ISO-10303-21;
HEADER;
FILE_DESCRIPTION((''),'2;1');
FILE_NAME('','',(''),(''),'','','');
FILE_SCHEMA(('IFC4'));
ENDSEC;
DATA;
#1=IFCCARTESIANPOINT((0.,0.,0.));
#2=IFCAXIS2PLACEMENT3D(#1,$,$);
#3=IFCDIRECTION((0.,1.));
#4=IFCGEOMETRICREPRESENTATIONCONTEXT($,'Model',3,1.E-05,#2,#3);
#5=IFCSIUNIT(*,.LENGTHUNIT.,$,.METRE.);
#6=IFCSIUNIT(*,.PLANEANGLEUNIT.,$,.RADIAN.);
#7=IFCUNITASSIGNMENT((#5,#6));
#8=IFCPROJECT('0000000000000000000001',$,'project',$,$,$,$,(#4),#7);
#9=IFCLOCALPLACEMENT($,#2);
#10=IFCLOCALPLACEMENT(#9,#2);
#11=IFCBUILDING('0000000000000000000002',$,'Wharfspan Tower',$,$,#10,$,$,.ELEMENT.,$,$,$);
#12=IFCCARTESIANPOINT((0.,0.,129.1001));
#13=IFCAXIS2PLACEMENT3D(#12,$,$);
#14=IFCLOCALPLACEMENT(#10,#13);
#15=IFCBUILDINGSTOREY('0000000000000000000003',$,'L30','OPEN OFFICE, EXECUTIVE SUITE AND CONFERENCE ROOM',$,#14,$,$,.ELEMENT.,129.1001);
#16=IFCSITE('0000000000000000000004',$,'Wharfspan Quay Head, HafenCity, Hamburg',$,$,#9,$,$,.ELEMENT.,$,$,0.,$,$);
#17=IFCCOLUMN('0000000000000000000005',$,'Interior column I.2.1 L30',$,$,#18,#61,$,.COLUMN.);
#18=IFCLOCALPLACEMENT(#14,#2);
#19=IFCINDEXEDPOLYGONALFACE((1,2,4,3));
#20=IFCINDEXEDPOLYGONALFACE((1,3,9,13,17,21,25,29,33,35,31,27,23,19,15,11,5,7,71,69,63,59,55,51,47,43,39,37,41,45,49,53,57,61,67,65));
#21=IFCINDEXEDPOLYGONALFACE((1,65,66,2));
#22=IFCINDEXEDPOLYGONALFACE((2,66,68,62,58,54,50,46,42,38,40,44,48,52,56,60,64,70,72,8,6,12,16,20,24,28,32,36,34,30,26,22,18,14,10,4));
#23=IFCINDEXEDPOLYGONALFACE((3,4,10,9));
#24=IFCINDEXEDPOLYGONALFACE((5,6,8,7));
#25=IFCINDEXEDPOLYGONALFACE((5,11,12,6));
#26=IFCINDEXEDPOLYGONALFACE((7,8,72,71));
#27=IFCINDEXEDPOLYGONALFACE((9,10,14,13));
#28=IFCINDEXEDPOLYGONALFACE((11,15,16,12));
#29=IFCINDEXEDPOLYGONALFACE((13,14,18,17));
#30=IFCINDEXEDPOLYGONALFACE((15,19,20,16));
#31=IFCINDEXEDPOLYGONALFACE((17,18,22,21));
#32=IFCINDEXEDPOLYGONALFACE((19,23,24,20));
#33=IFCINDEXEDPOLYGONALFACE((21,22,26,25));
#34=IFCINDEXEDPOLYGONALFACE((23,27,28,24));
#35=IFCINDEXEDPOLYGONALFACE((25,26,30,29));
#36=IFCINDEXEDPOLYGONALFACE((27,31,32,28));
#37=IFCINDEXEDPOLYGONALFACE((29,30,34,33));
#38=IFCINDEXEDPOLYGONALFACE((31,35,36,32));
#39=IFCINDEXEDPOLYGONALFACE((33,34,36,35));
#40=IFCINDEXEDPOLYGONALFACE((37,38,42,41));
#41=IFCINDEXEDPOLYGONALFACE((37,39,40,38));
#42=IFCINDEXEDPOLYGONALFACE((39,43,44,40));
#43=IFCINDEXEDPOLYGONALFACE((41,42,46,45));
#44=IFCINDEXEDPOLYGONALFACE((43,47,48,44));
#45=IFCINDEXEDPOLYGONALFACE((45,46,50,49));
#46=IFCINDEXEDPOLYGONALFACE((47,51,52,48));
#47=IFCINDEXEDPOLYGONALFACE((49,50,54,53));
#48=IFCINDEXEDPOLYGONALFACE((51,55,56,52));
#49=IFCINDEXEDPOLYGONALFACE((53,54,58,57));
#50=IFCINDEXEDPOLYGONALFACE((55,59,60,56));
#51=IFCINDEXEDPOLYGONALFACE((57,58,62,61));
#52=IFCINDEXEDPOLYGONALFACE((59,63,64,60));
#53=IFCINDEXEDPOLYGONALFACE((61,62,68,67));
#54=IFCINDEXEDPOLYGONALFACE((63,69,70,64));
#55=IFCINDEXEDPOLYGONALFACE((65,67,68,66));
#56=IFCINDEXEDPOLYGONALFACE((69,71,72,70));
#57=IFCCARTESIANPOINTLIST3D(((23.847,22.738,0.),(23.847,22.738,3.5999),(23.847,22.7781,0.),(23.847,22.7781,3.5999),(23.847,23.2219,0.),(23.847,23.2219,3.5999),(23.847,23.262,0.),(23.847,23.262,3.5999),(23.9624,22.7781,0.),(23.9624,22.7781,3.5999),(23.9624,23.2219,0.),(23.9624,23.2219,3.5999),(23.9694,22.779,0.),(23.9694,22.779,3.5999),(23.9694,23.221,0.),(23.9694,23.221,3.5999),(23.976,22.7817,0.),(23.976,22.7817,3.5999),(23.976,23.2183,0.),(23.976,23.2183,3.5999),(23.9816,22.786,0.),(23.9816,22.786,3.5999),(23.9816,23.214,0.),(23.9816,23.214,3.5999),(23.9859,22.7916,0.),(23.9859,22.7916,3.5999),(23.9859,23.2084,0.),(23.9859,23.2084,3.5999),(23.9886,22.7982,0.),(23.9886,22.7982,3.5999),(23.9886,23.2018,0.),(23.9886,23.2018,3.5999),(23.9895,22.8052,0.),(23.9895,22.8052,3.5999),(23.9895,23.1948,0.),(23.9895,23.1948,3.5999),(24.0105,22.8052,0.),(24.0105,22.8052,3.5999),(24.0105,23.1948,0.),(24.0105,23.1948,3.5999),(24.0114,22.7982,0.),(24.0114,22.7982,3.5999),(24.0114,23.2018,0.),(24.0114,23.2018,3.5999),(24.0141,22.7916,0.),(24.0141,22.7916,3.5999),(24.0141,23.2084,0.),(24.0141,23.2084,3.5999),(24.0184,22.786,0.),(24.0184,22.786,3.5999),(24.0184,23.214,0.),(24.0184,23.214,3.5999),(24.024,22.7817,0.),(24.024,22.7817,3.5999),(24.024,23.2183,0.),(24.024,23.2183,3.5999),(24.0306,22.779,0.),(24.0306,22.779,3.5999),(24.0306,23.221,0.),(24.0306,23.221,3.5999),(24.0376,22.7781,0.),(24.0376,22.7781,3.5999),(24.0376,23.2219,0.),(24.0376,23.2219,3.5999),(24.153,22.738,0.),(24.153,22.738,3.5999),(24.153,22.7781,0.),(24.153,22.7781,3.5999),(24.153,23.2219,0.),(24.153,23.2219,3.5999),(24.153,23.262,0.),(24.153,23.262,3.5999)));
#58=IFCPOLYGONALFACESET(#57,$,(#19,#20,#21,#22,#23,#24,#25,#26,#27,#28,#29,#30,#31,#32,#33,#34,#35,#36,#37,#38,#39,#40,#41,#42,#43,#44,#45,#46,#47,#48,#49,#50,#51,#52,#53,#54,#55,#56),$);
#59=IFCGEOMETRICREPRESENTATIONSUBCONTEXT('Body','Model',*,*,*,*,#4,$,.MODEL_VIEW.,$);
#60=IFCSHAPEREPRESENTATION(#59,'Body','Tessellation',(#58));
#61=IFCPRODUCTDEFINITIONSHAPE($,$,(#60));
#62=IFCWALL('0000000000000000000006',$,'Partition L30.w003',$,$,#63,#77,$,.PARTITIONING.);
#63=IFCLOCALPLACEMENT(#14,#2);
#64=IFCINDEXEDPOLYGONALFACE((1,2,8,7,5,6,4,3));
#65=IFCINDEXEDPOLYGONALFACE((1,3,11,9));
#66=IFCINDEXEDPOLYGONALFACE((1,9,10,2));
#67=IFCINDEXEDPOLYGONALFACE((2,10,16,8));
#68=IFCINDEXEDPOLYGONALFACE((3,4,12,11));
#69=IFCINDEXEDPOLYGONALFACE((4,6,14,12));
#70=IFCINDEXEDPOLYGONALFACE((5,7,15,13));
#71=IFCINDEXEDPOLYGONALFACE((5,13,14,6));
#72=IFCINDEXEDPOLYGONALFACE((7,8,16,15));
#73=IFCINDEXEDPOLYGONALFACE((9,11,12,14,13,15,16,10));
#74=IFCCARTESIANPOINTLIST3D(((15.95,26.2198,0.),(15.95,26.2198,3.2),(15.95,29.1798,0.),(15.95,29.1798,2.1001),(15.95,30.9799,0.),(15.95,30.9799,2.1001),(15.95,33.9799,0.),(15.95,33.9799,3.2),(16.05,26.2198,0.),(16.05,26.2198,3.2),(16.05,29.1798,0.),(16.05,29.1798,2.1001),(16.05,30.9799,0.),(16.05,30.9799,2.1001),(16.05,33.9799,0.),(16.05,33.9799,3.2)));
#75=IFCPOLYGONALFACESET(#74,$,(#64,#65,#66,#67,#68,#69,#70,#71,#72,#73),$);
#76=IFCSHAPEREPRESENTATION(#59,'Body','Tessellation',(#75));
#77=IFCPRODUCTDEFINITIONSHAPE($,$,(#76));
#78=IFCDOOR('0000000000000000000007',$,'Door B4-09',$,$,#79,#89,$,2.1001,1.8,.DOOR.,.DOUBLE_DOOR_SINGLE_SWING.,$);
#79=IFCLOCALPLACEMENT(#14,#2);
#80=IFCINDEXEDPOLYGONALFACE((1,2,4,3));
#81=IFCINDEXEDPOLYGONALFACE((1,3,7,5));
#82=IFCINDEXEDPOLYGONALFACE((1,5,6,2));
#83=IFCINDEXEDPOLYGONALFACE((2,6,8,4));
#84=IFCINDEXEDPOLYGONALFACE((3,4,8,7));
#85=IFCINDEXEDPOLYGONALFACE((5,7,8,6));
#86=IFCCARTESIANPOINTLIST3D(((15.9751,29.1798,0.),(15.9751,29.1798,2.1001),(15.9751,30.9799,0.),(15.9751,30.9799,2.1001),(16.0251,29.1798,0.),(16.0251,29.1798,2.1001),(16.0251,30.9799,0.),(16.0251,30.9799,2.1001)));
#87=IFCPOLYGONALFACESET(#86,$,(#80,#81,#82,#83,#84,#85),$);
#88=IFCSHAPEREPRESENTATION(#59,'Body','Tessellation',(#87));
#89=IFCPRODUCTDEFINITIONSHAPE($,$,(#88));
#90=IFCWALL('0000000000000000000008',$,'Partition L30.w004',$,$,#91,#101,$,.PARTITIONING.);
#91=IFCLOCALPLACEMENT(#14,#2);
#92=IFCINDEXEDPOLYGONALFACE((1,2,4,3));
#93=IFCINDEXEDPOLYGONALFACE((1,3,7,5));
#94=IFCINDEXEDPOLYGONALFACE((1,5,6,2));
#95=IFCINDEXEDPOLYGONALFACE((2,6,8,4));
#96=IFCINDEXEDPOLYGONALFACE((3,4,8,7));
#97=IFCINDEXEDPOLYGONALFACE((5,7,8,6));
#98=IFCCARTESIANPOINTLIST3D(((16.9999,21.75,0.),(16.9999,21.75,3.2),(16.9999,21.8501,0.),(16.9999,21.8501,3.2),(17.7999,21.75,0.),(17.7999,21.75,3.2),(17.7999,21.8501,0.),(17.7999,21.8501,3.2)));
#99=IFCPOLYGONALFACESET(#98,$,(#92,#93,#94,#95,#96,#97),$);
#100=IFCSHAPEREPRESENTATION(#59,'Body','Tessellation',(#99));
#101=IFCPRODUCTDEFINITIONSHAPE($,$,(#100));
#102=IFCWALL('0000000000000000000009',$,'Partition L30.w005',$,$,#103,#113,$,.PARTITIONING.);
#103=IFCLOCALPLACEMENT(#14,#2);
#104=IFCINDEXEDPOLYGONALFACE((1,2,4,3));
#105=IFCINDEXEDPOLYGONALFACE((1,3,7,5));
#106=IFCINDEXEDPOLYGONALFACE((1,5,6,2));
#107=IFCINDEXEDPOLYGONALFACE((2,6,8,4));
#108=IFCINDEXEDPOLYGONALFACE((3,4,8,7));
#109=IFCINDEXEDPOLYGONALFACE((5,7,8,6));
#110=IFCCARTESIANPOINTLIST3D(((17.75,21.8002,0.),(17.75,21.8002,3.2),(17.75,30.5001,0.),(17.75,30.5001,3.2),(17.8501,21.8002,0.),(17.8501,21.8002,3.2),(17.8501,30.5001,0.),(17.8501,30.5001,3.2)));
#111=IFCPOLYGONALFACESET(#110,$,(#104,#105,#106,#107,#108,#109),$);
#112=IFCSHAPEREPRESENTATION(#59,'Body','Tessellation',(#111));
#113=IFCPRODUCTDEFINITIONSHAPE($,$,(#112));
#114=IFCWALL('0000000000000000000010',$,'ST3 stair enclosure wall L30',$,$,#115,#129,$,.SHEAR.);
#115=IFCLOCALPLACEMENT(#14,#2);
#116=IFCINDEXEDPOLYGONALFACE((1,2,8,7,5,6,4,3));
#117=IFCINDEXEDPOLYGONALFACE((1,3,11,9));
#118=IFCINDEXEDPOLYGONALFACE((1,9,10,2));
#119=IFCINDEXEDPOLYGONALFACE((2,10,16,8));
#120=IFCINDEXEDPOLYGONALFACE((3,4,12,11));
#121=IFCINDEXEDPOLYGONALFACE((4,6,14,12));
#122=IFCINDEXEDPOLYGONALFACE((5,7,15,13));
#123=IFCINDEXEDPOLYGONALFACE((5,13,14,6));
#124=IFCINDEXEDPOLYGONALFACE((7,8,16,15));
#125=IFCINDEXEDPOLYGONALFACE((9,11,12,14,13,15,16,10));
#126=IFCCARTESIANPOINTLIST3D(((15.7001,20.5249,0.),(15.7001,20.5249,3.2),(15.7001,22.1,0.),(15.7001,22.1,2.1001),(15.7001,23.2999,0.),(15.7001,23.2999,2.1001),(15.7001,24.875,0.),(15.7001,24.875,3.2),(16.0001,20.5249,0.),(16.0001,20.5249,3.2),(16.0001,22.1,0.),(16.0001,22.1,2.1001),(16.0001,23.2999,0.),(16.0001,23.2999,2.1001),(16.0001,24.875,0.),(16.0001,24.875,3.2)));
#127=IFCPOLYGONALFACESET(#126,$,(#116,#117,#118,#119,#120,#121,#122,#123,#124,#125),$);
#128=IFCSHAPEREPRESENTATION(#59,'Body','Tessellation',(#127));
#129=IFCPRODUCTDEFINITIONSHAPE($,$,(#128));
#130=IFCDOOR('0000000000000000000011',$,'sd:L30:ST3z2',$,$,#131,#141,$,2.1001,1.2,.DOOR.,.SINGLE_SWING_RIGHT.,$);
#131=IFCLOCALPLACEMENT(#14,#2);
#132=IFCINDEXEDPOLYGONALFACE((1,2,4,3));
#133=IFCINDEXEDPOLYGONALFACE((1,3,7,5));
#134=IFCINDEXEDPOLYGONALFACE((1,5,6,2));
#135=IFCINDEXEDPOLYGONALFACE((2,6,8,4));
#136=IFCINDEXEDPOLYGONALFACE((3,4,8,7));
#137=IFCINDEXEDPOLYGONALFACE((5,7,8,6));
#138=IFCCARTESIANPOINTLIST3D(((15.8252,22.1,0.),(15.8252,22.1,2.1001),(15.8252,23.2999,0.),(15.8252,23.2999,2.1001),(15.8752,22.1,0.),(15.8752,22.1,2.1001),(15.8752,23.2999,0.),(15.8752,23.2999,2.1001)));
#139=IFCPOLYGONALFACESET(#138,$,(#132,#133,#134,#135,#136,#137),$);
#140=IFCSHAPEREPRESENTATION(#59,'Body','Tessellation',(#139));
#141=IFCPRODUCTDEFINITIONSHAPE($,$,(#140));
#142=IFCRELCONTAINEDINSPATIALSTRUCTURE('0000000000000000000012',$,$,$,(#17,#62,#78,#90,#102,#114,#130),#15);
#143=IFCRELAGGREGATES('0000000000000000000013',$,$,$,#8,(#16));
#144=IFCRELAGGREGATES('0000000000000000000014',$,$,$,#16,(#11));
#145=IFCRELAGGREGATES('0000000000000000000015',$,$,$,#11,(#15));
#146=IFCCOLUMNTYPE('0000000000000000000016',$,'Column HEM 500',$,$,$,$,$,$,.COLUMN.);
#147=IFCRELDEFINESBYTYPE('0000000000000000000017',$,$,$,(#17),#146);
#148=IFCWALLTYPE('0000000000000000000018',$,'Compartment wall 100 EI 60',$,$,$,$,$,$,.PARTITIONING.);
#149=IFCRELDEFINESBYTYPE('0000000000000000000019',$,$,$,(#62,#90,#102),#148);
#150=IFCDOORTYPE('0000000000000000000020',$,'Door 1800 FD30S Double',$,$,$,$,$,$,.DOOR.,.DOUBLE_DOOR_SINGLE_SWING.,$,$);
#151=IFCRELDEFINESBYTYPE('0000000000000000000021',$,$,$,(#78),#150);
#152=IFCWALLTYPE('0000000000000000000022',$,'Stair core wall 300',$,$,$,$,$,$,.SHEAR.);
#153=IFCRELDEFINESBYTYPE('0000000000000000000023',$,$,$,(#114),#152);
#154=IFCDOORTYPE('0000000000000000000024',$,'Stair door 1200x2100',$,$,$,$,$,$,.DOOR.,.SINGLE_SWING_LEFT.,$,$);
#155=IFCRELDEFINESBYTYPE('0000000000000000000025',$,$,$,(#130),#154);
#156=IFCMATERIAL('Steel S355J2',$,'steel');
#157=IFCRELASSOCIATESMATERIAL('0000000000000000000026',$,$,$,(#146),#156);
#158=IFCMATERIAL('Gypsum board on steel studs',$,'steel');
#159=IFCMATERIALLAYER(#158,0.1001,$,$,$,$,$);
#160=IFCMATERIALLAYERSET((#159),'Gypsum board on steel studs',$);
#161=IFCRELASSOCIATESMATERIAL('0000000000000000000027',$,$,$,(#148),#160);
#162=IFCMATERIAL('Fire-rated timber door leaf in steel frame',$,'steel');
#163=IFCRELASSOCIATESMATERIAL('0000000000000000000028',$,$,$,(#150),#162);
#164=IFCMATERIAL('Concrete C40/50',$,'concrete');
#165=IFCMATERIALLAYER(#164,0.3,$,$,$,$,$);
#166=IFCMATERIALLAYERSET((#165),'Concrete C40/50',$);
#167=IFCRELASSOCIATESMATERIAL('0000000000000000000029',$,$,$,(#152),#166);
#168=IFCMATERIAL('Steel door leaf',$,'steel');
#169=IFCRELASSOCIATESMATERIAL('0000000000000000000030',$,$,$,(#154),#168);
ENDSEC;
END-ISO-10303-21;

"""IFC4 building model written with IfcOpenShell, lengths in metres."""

from ifc_helpers import new_model, si_unit, direction, frame, frame_2d, origin, origin_2d, place, context, subcontext, project, spatial, rectangle, i_section, extrude, material, layer, layer_set, material_profile, profile_set, type_object, element, fill, save


model = new_model("IFC4")

# Units and contexts
model_context = context("Model", 3, precision=1e-05, world=origin(), true_north=direction((0.0, 1.0)))
body_context = subcontext(model_context, "Body", "Model", "MODEL_VIEW")
ifc_project = project(units=[si_unit("LENGTHUNIT", "METRE"), si_unit("PLANEANGLEUNIT", "RADIAN")], contexts=[model_context])

# Site, building, storey
site_placement = place(None, origin())
site = spatial("IfcSite", under=ifc_project, at=site_placement, Name="Wharfspan Quay Head, HafenCity, Hamburg", CompositionType="ELEMENT", RefElevation=0.0)
building_placement = place(site_placement, origin())
building = spatial("IfcBuilding", under=site, at=building_placement, Name="Wharfspan Tower", CompositionType="ELEMENT")
storey_placement = place(building_placement, frame((0.0, 0.0, 129.1001)))
storey = spatial("IfcBuildingStorey", under=building, at=storey_placement, Name="L30", Description="OPEN OFFICE, EXECUTIVE SUITE AND CONFERENCE ROOM", CompositionType="ELEMENT", Elevation=129.1001)

# Column
ifc_material_1 = material(Name="Steel S355J2", Category="steel")
ifc_material_profile = material_profile(ifc_material_1, i_section(OverallWidth=0.3059, OverallDepth=0.5239, WebThickness=0.021, FlangeThickness=0.04, FilletRadius=0.0271, at=origin_2d()))
ifc_profile_set = profile_set([ifc_material_profile], Name="Steel S355J2")
column_type = type_object("IfcColumnType", Name="Column HEM 500", PredefinedType="COLUMN", material=ifc_profile_set)
column_placement = place(storey_placement, frame((24.0, 23.0, 0.0), z_axis=(0.0, 0.0, 1.0), x_axis=(1.0, 0.0, 0.0)))
element("IfcColumn", 1, at=column_placement, inside=storey, type_object=column_type, Name="Interior column I.2.1 L30", PredefinedType="COLUMN", context=body_context, shape_type="SweptSolid", body=[
    extrude(i_section(OverallWidth=0.3059, OverallDepth=0.5239, WebThickness=0.021, FlangeThickness=0.04, FilletRadius=0.0271, at=origin_2d()), origin(), (0.0, 0.0, 1.0), 3.5999),
])

# Wall, opening, door
ifc_material_2 = material(Name="Gypsum board on steel studs", Category="steel")
ifc_layer_1 = layer(ifc_material_2, 0.1001)
ifc_layer_set_1 = layer_set([ifc_layer_1], Name="Gypsum board on steel studs")
wall_type_1 = type_object("IfcWallType", Name="Compartment wall 100 EI 60", PredefinedType="PARTITIONING", material=ifc_layer_set_1)
wall_1_placement = place(storey_placement, frame((16.0, 26.22, 0.0), z_axis=(0.0, 0.0, 1.0), x_axis=(0.0, 1.0, 0.0)))
wall_1 = element("IfcWall", 2, at=wall_1_placement, inside=storey, type_object=wall_type_1, Name="Partition L30.w003", PredefinedType="PARTITIONING", context=body_context, shape_type="SweptSolid", body=[
    extrude(rectangle(XDim=7.76, YDim=0.1001, at=frame_2d((3.8799, 0.0))), origin(), (0.0, 0.0, 1.0), 3.2),
])
opening_1_placement = place(wall_1_placement, frame((2.96, 0.0, 0.0)))
opening_1 = element("IfcOpeningElement", 3, at=opening_1_placement, cuts=wall_1, PredefinedType="OPENING", context=body_context, shape_type="SweptSolid", body=[
    extrude(rectangle(XDim=1.8, YDim=2.1001, at=frame_2d((0.8999, 1.05))), frame((0.0, 0.0601, 0.0), z_axis=(0.0, -1.0, 0.0), x_axis=(1.0, 0.0, 0.0)), (0.0, 0.0, 1.0), 0.1201),
])
ifc_material_3 = material(Name="Fire-rated timber door leaf in steel frame", Category="steel")
door_type_1 = type_object("IfcDoorType", Name="Door 1800 FD30S Double", OperationType="DOUBLE_DOOR_SINGLE_SWING", PredefinedType="DOOR", material=ifc_material_3)
door_1_placement = place(opening_1_placement, origin())
door_1 = element("IfcDoor", 4, at=door_1_placement, inside=storey, type_object=door_type_1, Name="Door B4-09", OperationType="DOUBLE_DOOR_SINGLE_SWING", OverallHeight=2.1001, OverallWidth=1.8, PredefinedType="DOOR", context=body_context, shape_type="SweptSolid", body=[
    extrude(rectangle(XDim=1.8, YDim=2.1001, at=frame_2d((0.8999, 1.05))), frame((0.0, 0.0249, 0.0), z_axis=(0.0, -1.0, 0.0), x_axis=(1.0, 0.0, 0.0)), (0.0, 0.0, 1.0), 0.05),
])
fill(opening_1, door_1)

# Walls
wall_2_placement = place(storey_placement, frame((17.0, 21.8, 0.0), z_axis=(0.0, 0.0, 1.0), x_axis=(1.0, 0.0, 0.0)))
element("IfcWall", 5, at=wall_2_placement, inside=storey, type_object=wall_type_1, Name="Partition L30.w004", PredefinedType="PARTITIONING", context=body_context, shape_type="SweptSolid", body=[
    extrude(rectangle(XDim=0.8, YDim=0.1001, at=frame_2d((0.3999, 0.0))), origin(), (0.0, 0.0, 1.0), 3.2),
])
wall_3_placement = place(storey_placement, frame((17.8, 21.8, 0.0), z_axis=(0.0, 0.0, 1.0), x_axis=(0.0, 1.0, 0.0)))
element("IfcWall", 6, at=wall_3_placement, inside=storey, type_object=wall_type_1, Name="Partition L30.w005", PredefinedType="PARTITIONING", context=body_context, shape_type="SweptSolid", body=[
    extrude(rectangle(XDim=8.7, YDim=0.1001, at=frame_2d((4.3501, 0.0))), origin(), (0.0, 0.0, 1.0), 3.2),
])

# Wall, opening, door
ifc_material_4 = material(Name="Concrete C40/50", Category="concrete")
ifc_layer_2 = layer(ifc_material_4, 0.3)
ifc_layer_set_2 = layer_set([ifc_layer_2], Name="Concrete C40/50")
wall_type_2 = type_object("IfcWallType", Name="Stair core wall 300", PredefinedType="SHEAR", material=ifc_layer_set_2)
wall_4_placement = place(storey_placement, frame((15.8501, 20.5249, 0.0), z_axis=(0.0, 0.0, 1.0), x_axis=(0.0, 1.0, 0.0)))
wall_4 = element("IfcWall", 7, at=wall_4_placement, inside=storey, type_object=wall_type_2, Name="ST3 stair enclosure wall L30", PredefinedType="SHEAR", context=body_context, shape_type="SweptSolid", body=[
    extrude(rectangle(XDim=4.3501, YDim=0.3, at=frame_2d((2.175, 0.0))), origin(), (0.0, 0.0, 1.0), 3.2),
])
opening_2_placement = place(wall_4_placement, frame((1.575, 0.0, 0.0)))
opening_2 = element("IfcOpeningElement", 8, at=opening_2_placement, cuts=wall_4, PredefinedType="OPENING", context=body_context, shape_type="SweptSolid", body=[
    extrude(rectangle(XDim=1.2, YDim=2.1001, at=frame_2d((0.6001, 1.05))), frame((0.0, 0.1599, 0.0), z_axis=(0.0, -1.0, 0.0), x_axis=(1.0, 0.0, 0.0)), (0.0, 0.0, 1.0), 0.3201),
])
ifc_material_5 = material(Name="Steel door leaf", Category="steel")
door_type_2 = type_object("IfcDoorType", Name="Stair door 1200x2100", OperationType="SINGLE_SWING_LEFT", PredefinedType="DOOR", material=ifc_material_5)
door_2_placement = place(opening_2_placement, origin())
door_2 = element("IfcDoor", 9, at=door_2_placement, inside=storey, type_object=door_type_2, Name="sd:L30:ST3z2", OperationType="SINGLE_SWING_RIGHT", OverallHeight=2.1001, OverallWidth=1.2, PredefinedType="DOOR", context=body_context, shape_type="SweptSolid", body=[
    extrude(rectangle(XDim=1.2, YDim=2.1001, at=frame_2d((0.6001, 1.05))), frame((0.0, 0.0249, 0.0), z_axis=(0.0, -1.0, 0.0), x_axis=(1.0, 0.0, 0.0)), (0.0, 0.0, 1.0), 0.05),
])
fill(opening_2, door_2)

save(model, "model.ifc")
